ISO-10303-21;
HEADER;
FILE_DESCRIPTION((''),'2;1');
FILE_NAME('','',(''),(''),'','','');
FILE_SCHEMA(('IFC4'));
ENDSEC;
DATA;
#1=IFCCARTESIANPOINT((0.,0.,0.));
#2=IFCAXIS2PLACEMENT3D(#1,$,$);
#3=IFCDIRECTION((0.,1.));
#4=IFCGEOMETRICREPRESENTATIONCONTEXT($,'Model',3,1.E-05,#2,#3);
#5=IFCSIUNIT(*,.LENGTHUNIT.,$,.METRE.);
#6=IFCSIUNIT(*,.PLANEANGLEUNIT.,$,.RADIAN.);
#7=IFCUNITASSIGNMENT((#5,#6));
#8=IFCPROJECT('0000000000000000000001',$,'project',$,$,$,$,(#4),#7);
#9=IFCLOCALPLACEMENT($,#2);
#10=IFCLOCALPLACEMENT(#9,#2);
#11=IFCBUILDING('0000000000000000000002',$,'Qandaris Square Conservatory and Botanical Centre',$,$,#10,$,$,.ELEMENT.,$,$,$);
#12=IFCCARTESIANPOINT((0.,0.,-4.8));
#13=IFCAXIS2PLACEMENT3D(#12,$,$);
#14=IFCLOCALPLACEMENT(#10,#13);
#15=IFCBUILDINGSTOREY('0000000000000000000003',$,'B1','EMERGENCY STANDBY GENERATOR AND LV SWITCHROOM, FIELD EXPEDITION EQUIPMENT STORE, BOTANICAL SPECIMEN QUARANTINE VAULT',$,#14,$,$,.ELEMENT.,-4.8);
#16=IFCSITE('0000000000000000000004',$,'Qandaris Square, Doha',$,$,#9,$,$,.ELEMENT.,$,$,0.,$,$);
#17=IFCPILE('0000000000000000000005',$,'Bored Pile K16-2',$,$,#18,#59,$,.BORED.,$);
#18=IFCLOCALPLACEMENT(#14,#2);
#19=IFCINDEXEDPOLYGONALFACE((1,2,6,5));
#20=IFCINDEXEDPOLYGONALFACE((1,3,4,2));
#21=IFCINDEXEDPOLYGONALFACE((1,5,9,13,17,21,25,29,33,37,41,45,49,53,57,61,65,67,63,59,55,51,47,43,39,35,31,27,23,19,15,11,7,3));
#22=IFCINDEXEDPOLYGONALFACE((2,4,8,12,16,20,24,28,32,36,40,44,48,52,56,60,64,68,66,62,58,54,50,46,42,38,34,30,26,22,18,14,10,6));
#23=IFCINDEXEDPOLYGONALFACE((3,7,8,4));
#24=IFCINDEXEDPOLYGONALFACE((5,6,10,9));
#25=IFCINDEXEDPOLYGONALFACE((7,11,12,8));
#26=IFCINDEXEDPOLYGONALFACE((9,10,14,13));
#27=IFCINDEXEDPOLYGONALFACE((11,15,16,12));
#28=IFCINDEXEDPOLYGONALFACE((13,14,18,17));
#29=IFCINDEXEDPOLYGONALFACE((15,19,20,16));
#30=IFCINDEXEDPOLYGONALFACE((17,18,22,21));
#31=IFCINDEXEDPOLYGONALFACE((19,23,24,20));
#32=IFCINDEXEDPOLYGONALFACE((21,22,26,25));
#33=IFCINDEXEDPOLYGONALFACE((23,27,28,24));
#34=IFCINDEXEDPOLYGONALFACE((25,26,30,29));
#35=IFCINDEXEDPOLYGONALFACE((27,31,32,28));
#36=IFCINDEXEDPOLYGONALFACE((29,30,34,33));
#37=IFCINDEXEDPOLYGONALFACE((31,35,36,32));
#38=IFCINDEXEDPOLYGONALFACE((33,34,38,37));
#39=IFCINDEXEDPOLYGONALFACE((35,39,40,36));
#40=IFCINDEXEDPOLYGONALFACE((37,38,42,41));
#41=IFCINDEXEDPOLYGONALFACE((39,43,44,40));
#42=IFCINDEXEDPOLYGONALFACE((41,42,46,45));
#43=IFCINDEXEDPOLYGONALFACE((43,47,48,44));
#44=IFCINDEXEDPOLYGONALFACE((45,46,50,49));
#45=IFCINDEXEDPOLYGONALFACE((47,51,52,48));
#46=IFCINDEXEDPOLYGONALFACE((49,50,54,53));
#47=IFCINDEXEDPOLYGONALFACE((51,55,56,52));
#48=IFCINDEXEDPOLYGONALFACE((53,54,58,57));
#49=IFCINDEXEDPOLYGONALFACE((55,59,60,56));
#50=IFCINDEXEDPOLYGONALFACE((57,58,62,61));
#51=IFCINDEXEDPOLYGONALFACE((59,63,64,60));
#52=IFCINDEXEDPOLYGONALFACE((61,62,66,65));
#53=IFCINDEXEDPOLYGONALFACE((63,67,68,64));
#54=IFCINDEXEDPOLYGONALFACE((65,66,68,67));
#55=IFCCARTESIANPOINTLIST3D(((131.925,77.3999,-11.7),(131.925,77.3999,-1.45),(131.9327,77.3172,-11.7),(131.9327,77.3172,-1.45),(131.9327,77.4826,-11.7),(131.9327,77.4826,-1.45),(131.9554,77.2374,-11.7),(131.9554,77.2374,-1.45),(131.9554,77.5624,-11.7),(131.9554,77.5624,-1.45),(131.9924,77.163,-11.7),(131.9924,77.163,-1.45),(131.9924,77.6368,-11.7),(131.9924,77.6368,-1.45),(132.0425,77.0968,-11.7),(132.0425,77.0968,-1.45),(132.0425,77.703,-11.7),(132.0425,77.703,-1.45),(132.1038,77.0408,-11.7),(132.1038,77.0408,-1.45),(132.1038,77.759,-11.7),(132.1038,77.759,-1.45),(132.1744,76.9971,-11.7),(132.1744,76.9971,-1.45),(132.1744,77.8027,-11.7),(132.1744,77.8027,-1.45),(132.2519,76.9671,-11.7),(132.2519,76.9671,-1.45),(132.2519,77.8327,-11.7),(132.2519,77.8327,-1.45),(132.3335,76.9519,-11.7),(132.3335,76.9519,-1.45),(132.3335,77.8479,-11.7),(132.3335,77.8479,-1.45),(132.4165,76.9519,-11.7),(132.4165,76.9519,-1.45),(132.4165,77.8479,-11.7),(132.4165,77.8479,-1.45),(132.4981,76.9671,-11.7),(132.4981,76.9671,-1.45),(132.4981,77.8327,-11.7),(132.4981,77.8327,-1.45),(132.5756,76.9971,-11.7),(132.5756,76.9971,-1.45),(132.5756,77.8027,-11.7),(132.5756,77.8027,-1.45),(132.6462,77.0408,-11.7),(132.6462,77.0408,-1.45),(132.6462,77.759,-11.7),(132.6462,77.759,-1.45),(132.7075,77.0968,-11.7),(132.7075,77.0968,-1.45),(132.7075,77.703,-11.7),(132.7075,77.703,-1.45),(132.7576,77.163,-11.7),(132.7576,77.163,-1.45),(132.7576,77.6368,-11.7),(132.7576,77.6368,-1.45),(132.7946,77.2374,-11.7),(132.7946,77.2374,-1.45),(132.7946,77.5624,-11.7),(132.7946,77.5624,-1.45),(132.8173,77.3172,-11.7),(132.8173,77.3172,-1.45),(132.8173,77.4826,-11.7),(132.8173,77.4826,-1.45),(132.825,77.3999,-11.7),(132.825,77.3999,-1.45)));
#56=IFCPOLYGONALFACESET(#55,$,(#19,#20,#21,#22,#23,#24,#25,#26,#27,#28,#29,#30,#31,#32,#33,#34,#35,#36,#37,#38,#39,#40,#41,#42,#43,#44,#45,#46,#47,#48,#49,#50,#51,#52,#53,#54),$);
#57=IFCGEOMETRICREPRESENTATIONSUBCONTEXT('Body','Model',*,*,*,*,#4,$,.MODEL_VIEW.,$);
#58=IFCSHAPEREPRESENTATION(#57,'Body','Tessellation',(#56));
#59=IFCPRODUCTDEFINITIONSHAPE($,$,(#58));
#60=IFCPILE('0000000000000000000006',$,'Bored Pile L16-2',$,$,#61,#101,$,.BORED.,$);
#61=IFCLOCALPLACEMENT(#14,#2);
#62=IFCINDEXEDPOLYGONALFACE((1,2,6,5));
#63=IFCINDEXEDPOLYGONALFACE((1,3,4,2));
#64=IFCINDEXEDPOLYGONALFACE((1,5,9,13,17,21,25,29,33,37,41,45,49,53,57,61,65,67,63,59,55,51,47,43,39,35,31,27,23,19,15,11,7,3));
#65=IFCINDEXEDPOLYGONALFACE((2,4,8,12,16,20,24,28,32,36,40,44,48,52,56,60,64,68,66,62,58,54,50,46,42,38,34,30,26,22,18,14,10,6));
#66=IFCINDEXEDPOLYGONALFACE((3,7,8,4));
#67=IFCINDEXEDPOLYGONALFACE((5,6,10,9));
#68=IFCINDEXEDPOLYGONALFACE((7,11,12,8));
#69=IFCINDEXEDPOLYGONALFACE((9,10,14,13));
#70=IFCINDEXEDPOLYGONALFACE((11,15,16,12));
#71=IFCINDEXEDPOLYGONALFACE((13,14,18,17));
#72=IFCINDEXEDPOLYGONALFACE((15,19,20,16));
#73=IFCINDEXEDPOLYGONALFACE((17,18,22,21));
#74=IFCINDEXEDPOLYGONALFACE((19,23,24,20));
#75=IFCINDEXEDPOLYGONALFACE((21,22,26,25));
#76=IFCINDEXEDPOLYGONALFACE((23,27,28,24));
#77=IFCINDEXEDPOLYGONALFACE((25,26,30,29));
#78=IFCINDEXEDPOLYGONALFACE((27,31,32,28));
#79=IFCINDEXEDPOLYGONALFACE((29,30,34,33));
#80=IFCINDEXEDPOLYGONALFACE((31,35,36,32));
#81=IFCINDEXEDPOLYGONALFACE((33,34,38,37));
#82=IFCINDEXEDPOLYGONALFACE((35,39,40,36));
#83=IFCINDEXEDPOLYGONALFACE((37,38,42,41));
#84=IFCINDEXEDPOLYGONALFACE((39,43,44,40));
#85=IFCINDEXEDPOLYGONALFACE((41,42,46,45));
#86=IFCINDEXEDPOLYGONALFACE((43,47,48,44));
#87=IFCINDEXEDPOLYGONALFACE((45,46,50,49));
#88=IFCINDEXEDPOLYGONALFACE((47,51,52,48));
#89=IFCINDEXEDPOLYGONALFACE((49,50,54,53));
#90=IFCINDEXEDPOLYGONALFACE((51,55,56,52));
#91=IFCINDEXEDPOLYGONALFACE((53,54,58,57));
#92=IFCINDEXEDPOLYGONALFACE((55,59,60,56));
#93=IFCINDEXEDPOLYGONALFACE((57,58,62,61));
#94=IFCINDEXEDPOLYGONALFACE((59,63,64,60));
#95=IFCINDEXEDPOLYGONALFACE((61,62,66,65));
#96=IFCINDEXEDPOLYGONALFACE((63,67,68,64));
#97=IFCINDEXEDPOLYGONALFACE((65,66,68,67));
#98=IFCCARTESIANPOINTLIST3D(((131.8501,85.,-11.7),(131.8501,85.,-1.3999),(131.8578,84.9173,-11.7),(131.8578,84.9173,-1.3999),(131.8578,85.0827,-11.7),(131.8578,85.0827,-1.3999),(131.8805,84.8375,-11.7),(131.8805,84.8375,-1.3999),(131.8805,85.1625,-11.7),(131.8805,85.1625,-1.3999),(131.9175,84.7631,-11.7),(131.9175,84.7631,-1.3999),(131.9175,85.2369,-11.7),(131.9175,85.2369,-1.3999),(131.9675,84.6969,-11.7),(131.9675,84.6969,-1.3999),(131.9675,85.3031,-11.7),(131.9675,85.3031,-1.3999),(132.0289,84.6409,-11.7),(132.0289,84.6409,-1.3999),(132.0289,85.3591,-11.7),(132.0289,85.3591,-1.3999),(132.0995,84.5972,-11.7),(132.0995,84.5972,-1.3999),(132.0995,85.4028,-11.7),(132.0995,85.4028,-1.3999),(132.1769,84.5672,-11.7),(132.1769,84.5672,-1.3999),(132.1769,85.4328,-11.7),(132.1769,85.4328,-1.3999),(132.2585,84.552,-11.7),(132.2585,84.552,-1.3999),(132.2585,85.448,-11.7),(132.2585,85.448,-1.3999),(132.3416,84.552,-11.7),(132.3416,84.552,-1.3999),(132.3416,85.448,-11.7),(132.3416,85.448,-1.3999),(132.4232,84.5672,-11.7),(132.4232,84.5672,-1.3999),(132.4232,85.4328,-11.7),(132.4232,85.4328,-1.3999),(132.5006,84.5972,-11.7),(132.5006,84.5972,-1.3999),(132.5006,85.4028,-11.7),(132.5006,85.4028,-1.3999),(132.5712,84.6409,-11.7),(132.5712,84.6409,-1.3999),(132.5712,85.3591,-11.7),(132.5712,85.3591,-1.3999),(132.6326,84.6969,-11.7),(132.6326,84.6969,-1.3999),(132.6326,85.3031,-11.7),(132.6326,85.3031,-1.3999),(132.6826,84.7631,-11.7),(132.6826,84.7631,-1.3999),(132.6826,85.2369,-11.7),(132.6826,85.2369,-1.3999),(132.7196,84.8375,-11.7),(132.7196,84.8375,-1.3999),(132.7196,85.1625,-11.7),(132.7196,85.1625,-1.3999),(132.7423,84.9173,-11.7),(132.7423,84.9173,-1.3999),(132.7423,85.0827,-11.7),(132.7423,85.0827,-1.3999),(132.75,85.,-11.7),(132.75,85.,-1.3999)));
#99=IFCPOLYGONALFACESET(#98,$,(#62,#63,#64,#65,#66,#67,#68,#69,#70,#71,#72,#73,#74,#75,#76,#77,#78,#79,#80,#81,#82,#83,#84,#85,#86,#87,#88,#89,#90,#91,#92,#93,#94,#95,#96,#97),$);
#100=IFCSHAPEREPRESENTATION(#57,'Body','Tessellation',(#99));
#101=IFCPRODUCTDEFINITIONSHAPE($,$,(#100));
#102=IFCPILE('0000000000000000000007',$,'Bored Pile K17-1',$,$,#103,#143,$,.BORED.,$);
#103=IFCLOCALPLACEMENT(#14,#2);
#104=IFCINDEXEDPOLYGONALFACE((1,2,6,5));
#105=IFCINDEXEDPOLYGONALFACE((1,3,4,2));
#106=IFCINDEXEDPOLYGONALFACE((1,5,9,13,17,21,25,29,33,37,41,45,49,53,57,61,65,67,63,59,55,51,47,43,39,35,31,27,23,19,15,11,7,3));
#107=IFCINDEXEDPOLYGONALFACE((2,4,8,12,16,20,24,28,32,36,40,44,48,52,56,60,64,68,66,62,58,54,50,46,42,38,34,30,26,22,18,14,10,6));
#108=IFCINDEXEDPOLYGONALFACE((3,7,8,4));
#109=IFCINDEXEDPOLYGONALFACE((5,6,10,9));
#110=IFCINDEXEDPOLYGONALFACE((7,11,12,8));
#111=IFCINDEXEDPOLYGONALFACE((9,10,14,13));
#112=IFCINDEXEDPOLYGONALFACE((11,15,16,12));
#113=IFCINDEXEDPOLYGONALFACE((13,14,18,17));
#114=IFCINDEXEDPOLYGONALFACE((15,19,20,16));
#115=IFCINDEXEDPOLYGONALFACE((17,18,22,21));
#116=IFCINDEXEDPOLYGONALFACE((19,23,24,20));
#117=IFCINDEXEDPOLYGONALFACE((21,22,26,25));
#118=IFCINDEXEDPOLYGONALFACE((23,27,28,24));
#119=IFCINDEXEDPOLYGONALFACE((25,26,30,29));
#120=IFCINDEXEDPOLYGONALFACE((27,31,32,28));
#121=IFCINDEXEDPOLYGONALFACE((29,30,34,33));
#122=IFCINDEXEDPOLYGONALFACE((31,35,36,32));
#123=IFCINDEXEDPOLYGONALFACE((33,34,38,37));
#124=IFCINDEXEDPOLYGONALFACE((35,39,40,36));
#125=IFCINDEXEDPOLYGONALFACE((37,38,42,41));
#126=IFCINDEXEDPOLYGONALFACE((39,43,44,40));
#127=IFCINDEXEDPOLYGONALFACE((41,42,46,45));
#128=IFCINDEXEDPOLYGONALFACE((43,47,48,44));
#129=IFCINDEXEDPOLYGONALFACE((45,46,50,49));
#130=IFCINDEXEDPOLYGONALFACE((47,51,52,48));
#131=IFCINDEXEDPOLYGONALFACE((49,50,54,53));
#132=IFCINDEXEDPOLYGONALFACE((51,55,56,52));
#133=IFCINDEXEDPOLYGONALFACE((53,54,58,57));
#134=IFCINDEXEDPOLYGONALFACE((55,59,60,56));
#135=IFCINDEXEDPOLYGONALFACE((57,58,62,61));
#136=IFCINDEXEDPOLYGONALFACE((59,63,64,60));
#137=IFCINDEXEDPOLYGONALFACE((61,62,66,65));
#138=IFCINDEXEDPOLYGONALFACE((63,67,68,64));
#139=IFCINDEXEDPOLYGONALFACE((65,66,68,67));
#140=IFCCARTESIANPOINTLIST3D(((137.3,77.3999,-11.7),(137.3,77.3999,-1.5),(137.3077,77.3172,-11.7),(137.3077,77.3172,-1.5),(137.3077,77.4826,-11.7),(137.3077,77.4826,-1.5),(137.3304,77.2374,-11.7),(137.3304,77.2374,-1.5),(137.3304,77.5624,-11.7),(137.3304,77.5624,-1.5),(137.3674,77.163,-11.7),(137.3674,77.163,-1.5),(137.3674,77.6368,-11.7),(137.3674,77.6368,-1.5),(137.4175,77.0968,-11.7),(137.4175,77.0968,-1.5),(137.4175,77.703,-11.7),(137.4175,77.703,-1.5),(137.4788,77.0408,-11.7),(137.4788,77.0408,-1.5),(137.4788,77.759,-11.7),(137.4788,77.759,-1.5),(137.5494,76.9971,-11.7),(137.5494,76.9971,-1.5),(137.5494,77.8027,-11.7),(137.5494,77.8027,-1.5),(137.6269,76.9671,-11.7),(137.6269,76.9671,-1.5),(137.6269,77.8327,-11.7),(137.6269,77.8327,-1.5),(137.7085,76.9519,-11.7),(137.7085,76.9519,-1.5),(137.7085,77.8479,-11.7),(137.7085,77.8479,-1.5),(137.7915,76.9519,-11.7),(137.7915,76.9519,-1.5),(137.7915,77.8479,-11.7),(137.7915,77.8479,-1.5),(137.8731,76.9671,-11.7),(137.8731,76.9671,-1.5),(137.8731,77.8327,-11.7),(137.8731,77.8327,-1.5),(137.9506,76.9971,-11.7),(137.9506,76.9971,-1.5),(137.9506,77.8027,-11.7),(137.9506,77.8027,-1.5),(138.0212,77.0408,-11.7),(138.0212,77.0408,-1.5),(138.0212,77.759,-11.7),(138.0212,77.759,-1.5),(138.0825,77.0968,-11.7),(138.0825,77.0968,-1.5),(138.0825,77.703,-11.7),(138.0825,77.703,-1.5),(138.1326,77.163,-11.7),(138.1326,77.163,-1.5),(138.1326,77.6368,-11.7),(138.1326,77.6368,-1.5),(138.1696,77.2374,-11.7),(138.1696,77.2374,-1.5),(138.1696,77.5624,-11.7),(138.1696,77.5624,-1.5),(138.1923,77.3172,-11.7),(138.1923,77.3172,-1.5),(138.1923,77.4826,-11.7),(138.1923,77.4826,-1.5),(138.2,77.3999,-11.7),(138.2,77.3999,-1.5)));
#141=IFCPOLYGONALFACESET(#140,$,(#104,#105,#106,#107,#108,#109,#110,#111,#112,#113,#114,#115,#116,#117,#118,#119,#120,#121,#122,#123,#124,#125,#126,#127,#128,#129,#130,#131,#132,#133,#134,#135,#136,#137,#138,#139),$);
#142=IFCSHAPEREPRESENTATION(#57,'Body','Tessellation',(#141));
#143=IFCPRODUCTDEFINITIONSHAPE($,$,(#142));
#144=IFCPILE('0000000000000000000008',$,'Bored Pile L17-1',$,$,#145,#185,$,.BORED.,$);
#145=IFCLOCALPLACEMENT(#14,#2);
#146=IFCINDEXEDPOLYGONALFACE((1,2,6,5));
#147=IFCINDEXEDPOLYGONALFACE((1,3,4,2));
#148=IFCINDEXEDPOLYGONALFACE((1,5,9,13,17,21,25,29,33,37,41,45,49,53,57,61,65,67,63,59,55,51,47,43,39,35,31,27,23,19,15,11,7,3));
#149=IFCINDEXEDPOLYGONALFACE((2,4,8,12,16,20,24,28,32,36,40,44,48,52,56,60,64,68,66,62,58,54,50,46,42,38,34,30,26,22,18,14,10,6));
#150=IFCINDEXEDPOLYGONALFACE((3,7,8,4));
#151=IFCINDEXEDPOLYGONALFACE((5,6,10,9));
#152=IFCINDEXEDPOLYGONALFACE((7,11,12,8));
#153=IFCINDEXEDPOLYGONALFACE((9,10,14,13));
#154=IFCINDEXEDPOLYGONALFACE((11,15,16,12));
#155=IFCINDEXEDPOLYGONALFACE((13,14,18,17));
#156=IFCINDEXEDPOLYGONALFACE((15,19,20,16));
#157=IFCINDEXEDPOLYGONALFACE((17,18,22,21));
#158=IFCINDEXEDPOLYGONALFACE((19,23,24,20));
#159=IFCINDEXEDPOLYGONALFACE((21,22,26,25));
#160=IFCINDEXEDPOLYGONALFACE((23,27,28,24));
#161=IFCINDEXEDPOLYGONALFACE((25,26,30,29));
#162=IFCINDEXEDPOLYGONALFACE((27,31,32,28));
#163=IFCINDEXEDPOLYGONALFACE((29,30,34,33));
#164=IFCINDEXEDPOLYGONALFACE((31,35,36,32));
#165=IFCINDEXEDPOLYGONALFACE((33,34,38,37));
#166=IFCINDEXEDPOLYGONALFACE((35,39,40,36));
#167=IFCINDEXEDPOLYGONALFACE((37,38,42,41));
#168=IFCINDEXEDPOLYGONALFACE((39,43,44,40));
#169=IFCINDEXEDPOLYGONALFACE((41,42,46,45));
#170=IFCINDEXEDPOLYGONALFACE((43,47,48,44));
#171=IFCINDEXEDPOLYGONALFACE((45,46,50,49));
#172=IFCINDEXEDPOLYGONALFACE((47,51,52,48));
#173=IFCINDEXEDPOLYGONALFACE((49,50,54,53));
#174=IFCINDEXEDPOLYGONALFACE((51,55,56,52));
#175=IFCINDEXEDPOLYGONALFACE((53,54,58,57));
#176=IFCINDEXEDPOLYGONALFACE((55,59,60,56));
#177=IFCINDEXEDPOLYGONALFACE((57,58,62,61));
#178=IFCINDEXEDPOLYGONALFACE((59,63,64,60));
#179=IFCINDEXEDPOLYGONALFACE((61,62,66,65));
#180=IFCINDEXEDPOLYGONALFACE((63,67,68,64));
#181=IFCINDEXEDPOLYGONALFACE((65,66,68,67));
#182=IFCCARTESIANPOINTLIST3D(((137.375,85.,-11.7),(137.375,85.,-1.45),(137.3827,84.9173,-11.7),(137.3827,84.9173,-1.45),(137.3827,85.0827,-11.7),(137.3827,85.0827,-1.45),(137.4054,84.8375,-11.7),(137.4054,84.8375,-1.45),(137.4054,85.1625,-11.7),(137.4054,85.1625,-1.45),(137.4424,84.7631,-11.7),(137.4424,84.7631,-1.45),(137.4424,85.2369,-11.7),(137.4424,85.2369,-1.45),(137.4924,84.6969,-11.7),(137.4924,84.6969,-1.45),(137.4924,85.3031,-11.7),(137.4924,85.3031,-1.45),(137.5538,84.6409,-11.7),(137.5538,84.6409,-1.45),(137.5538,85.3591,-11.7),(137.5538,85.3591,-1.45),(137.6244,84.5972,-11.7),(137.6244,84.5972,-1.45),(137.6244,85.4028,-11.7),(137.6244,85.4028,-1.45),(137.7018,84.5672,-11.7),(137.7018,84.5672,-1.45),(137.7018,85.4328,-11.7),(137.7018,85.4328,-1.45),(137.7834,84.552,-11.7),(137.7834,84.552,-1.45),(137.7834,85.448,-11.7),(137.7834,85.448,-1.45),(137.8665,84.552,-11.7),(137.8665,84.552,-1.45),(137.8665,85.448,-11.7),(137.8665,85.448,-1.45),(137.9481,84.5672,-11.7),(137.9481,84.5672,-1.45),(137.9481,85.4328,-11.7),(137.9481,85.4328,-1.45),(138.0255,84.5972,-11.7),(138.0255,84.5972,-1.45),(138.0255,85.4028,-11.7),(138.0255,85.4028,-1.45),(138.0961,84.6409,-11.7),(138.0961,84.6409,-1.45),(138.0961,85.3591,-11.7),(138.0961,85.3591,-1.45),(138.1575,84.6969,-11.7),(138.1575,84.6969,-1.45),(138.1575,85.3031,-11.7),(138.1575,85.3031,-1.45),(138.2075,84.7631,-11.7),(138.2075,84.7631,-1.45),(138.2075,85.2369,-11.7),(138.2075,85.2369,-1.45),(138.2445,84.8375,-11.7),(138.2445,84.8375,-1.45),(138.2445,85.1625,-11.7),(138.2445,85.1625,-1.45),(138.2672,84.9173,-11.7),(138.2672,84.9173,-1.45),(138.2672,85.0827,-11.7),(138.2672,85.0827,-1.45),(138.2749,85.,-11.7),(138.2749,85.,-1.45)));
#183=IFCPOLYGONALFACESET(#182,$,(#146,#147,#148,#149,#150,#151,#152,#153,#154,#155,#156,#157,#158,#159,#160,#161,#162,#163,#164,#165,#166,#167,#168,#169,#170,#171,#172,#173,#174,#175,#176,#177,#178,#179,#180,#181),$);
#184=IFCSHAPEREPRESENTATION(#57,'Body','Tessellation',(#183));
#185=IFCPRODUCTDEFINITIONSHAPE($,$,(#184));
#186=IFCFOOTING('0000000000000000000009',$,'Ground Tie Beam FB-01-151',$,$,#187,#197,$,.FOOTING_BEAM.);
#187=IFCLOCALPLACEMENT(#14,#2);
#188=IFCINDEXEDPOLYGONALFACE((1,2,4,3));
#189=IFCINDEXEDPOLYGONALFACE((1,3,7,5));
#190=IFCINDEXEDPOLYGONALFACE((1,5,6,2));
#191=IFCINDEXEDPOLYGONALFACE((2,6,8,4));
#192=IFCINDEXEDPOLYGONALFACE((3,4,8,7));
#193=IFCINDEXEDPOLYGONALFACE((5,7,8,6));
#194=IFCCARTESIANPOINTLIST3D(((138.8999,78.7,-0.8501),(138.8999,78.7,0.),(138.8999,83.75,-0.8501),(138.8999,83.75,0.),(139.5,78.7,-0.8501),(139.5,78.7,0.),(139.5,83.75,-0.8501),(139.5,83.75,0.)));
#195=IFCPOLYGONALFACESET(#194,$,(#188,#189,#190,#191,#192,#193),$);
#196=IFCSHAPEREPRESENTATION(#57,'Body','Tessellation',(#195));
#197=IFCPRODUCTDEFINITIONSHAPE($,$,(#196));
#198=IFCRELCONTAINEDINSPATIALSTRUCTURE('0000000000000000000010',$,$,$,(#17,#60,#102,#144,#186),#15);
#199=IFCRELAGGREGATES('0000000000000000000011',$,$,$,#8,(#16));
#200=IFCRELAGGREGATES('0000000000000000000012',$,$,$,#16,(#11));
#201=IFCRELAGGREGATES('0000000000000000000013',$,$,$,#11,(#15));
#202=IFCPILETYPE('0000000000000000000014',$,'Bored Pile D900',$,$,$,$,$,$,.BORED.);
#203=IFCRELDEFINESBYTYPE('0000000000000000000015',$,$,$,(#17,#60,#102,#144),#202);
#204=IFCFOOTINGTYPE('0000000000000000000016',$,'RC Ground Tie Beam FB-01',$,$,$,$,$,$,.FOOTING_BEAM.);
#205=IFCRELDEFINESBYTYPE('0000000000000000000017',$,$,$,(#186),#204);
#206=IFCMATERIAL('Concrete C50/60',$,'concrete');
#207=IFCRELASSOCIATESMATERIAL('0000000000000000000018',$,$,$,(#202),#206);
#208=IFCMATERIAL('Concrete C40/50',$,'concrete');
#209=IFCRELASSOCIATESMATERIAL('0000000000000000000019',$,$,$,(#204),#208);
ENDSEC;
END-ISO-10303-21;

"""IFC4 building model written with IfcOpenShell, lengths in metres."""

from ifc_helpers import new_model, si_unit, direction, frame, origin, origin_2d, place, context, subcontext, project, spatial, rectangle, circle, extrude, material, material_profile, profile_set, type_object, element, save


model = new_model("IFC4")

# Units and contexts
model_context = context("Model", 3, precision=1e-05, world=origin(), true_north=direction((0.0, 1.0)))
body_context = subcontext(model_context, "Body", "Model", "MODEL_VIEW")
ifc_project = project(units=[si_unit("LENGTHUNIT", "METRE"), si_unit("PLANEANGLEUNIT", "RADIAN")], contexts=[model_context])

# Site, building, storey
site_placement = place(None, origin())
site = spatial("IfcSite", under=ifc_project, at=site_placement, Name="Qandaris Square, Doha", CompositionType="ELEMENT", RefElevation=0.0)
building_placement = place(site_placement, origin())
building = spatial("IfcBuilding", under=site, at=building_placement, Name="Qandaris Square Conservatory and Botanical Centre", CompositionType="ELEMENT")
storey_placement = place(building_placement, frame((0.0, 0.0, -4.8)))
storey = spatial("IfcBuildingStorey", under=building, at=storey_placement, Name="B1", Description="EMERGENCY STANDBY GENERATOR AND LV SWITCHROOM, FIELD EXPEDITION EQUIPMENT STORE, BOTANICAL SPECIMEN QUARANTINE VAULT", CompositionType="ELEMENT", Elevation=-4.8)

# Piles
ifc_material_1 = material(Name="Concrete C50/60", Category="concrete")
ifc_material_profile_1 = material_profile(ifc_material_1, circle(Radius=0.45, at=origin_2d()), Name="PILE D900")
ifc_profile_set_1 = profile_set([ifc_material_profile_1], Name="Concrete C50/60")
pile_type = type_object("IfcPileType", Name="Bored Pile D900", PredefinedType="BORED", material=ifc_profile_set_1)
pile_1_placement = place(storey_placement, frame((132.375, 77.3999, -1.45), z_axis=(0.0, 0.0, -1.0), x_axis=(1.0, 0.0, 0.0)))
element("IfcPile", 1, at=pile_1_placement, inside=storey, type_object=pile_type, Name="Bored Pile K16-2", PredefinedType="BORED", context=body_context, shape_type="SweptSolid", body=[
    extrude(circle(Radius=0.45, at=origin_2d()), origin(), (0.0, 0.0, 1.0), 10.25),
])
pile_2_placement = place(storey_placement, frame((132.3, 85.0, -1.3999), z_axis=(0.0, 0.0, -1.0), x_axis=(1.0, 0.0, 0.0)))
element("IfcPile", 2, at=pile_2_placement, inside=storey, type_object=pile_type, Name="Bored Pile L16-2", PredefinedType="BORED", context=body_context, shape_type="SweptSolid", body=[
    extrude(circle(Radius=0.45, at=origin_2d()), origin(), (0.0, 0.0, 1.0), 10.3),
])
pile_3_placement = place(storey_placement, frame((137.75, 77.3999, -1.5), z_axis=(0.0, 0.0, -1.0), x_axis=(1.0, 0.0, 0.0)))
element("IfcPile", 3, at=pile_3_placement, inside=storey, type_object=pile_type, Name="Bored Pile K17-1", PredefinedType="BORED", context=body_context, shape_type="SweptSolid", body=[
    extrude(circle(Radius=0.45, at=origin_2d()), origin(), (0.0, 0.0, 1.0), 10.2),
])
pile_4_placement = place(storey_placement, frame((137.825, 85.0, -1.45), z_axis=(0.0, 0.0, -1.0), x_axis=(1.0, 0.0, 0.0)))
element("IfcPile", 4, at=pile_4_placement, inside=storey, type_object=pile_type, Name="Bored Pile L17-1", PredefinedType="BORED", context=body_context, shape_type="SweptSolid", body=[
    extrude(circle(Radius=0.45, at=origin_2d()), origin(), (0.0, 0.0, 1.0), 10.25),
])

# Footing
ifc_material_2 = material(Name="Concrete C40/50", Category="concrete")
ifc_material_profile_2 = material_profile(ifc_material_2, rectangle(XDim=0.6001, YDim=0.8501, at=origin_2d()), Name="FB 600x850")
ifc_profile_set_2 = profile_set([ifc_material_profile_2], Name="Concrete C40/50")
footing_type_1 = type_object("IfcFootingType", Name="RC Ground Tie Beam FB-01", PredefinedType="FOOTING_BEAM", material=ifc_profile_set_2)
footing_1_placement = place(storey_placement, frame((139.2, 78.7, -0.425), z_axis=(0.0, 1.0, 0.0), x_axis=(-1.0, 0.0, 0.0)))
element("IfcFooting", 5, at=footing_1_placement, inside=storey, type_object=footing_type_1, Name="Ground Tie Beam FB-01-151", PredefinedType="FOOTING_BEAM", context=body_context, shape_type="SweptSolid", body=[
    extrude(rectangle(XDim=0.6001, YDim=0.8501, at=origin_2d()), origin(), (0.0, 0.0, 1.0), 5.05),
])

save(model, "model.ifc")
